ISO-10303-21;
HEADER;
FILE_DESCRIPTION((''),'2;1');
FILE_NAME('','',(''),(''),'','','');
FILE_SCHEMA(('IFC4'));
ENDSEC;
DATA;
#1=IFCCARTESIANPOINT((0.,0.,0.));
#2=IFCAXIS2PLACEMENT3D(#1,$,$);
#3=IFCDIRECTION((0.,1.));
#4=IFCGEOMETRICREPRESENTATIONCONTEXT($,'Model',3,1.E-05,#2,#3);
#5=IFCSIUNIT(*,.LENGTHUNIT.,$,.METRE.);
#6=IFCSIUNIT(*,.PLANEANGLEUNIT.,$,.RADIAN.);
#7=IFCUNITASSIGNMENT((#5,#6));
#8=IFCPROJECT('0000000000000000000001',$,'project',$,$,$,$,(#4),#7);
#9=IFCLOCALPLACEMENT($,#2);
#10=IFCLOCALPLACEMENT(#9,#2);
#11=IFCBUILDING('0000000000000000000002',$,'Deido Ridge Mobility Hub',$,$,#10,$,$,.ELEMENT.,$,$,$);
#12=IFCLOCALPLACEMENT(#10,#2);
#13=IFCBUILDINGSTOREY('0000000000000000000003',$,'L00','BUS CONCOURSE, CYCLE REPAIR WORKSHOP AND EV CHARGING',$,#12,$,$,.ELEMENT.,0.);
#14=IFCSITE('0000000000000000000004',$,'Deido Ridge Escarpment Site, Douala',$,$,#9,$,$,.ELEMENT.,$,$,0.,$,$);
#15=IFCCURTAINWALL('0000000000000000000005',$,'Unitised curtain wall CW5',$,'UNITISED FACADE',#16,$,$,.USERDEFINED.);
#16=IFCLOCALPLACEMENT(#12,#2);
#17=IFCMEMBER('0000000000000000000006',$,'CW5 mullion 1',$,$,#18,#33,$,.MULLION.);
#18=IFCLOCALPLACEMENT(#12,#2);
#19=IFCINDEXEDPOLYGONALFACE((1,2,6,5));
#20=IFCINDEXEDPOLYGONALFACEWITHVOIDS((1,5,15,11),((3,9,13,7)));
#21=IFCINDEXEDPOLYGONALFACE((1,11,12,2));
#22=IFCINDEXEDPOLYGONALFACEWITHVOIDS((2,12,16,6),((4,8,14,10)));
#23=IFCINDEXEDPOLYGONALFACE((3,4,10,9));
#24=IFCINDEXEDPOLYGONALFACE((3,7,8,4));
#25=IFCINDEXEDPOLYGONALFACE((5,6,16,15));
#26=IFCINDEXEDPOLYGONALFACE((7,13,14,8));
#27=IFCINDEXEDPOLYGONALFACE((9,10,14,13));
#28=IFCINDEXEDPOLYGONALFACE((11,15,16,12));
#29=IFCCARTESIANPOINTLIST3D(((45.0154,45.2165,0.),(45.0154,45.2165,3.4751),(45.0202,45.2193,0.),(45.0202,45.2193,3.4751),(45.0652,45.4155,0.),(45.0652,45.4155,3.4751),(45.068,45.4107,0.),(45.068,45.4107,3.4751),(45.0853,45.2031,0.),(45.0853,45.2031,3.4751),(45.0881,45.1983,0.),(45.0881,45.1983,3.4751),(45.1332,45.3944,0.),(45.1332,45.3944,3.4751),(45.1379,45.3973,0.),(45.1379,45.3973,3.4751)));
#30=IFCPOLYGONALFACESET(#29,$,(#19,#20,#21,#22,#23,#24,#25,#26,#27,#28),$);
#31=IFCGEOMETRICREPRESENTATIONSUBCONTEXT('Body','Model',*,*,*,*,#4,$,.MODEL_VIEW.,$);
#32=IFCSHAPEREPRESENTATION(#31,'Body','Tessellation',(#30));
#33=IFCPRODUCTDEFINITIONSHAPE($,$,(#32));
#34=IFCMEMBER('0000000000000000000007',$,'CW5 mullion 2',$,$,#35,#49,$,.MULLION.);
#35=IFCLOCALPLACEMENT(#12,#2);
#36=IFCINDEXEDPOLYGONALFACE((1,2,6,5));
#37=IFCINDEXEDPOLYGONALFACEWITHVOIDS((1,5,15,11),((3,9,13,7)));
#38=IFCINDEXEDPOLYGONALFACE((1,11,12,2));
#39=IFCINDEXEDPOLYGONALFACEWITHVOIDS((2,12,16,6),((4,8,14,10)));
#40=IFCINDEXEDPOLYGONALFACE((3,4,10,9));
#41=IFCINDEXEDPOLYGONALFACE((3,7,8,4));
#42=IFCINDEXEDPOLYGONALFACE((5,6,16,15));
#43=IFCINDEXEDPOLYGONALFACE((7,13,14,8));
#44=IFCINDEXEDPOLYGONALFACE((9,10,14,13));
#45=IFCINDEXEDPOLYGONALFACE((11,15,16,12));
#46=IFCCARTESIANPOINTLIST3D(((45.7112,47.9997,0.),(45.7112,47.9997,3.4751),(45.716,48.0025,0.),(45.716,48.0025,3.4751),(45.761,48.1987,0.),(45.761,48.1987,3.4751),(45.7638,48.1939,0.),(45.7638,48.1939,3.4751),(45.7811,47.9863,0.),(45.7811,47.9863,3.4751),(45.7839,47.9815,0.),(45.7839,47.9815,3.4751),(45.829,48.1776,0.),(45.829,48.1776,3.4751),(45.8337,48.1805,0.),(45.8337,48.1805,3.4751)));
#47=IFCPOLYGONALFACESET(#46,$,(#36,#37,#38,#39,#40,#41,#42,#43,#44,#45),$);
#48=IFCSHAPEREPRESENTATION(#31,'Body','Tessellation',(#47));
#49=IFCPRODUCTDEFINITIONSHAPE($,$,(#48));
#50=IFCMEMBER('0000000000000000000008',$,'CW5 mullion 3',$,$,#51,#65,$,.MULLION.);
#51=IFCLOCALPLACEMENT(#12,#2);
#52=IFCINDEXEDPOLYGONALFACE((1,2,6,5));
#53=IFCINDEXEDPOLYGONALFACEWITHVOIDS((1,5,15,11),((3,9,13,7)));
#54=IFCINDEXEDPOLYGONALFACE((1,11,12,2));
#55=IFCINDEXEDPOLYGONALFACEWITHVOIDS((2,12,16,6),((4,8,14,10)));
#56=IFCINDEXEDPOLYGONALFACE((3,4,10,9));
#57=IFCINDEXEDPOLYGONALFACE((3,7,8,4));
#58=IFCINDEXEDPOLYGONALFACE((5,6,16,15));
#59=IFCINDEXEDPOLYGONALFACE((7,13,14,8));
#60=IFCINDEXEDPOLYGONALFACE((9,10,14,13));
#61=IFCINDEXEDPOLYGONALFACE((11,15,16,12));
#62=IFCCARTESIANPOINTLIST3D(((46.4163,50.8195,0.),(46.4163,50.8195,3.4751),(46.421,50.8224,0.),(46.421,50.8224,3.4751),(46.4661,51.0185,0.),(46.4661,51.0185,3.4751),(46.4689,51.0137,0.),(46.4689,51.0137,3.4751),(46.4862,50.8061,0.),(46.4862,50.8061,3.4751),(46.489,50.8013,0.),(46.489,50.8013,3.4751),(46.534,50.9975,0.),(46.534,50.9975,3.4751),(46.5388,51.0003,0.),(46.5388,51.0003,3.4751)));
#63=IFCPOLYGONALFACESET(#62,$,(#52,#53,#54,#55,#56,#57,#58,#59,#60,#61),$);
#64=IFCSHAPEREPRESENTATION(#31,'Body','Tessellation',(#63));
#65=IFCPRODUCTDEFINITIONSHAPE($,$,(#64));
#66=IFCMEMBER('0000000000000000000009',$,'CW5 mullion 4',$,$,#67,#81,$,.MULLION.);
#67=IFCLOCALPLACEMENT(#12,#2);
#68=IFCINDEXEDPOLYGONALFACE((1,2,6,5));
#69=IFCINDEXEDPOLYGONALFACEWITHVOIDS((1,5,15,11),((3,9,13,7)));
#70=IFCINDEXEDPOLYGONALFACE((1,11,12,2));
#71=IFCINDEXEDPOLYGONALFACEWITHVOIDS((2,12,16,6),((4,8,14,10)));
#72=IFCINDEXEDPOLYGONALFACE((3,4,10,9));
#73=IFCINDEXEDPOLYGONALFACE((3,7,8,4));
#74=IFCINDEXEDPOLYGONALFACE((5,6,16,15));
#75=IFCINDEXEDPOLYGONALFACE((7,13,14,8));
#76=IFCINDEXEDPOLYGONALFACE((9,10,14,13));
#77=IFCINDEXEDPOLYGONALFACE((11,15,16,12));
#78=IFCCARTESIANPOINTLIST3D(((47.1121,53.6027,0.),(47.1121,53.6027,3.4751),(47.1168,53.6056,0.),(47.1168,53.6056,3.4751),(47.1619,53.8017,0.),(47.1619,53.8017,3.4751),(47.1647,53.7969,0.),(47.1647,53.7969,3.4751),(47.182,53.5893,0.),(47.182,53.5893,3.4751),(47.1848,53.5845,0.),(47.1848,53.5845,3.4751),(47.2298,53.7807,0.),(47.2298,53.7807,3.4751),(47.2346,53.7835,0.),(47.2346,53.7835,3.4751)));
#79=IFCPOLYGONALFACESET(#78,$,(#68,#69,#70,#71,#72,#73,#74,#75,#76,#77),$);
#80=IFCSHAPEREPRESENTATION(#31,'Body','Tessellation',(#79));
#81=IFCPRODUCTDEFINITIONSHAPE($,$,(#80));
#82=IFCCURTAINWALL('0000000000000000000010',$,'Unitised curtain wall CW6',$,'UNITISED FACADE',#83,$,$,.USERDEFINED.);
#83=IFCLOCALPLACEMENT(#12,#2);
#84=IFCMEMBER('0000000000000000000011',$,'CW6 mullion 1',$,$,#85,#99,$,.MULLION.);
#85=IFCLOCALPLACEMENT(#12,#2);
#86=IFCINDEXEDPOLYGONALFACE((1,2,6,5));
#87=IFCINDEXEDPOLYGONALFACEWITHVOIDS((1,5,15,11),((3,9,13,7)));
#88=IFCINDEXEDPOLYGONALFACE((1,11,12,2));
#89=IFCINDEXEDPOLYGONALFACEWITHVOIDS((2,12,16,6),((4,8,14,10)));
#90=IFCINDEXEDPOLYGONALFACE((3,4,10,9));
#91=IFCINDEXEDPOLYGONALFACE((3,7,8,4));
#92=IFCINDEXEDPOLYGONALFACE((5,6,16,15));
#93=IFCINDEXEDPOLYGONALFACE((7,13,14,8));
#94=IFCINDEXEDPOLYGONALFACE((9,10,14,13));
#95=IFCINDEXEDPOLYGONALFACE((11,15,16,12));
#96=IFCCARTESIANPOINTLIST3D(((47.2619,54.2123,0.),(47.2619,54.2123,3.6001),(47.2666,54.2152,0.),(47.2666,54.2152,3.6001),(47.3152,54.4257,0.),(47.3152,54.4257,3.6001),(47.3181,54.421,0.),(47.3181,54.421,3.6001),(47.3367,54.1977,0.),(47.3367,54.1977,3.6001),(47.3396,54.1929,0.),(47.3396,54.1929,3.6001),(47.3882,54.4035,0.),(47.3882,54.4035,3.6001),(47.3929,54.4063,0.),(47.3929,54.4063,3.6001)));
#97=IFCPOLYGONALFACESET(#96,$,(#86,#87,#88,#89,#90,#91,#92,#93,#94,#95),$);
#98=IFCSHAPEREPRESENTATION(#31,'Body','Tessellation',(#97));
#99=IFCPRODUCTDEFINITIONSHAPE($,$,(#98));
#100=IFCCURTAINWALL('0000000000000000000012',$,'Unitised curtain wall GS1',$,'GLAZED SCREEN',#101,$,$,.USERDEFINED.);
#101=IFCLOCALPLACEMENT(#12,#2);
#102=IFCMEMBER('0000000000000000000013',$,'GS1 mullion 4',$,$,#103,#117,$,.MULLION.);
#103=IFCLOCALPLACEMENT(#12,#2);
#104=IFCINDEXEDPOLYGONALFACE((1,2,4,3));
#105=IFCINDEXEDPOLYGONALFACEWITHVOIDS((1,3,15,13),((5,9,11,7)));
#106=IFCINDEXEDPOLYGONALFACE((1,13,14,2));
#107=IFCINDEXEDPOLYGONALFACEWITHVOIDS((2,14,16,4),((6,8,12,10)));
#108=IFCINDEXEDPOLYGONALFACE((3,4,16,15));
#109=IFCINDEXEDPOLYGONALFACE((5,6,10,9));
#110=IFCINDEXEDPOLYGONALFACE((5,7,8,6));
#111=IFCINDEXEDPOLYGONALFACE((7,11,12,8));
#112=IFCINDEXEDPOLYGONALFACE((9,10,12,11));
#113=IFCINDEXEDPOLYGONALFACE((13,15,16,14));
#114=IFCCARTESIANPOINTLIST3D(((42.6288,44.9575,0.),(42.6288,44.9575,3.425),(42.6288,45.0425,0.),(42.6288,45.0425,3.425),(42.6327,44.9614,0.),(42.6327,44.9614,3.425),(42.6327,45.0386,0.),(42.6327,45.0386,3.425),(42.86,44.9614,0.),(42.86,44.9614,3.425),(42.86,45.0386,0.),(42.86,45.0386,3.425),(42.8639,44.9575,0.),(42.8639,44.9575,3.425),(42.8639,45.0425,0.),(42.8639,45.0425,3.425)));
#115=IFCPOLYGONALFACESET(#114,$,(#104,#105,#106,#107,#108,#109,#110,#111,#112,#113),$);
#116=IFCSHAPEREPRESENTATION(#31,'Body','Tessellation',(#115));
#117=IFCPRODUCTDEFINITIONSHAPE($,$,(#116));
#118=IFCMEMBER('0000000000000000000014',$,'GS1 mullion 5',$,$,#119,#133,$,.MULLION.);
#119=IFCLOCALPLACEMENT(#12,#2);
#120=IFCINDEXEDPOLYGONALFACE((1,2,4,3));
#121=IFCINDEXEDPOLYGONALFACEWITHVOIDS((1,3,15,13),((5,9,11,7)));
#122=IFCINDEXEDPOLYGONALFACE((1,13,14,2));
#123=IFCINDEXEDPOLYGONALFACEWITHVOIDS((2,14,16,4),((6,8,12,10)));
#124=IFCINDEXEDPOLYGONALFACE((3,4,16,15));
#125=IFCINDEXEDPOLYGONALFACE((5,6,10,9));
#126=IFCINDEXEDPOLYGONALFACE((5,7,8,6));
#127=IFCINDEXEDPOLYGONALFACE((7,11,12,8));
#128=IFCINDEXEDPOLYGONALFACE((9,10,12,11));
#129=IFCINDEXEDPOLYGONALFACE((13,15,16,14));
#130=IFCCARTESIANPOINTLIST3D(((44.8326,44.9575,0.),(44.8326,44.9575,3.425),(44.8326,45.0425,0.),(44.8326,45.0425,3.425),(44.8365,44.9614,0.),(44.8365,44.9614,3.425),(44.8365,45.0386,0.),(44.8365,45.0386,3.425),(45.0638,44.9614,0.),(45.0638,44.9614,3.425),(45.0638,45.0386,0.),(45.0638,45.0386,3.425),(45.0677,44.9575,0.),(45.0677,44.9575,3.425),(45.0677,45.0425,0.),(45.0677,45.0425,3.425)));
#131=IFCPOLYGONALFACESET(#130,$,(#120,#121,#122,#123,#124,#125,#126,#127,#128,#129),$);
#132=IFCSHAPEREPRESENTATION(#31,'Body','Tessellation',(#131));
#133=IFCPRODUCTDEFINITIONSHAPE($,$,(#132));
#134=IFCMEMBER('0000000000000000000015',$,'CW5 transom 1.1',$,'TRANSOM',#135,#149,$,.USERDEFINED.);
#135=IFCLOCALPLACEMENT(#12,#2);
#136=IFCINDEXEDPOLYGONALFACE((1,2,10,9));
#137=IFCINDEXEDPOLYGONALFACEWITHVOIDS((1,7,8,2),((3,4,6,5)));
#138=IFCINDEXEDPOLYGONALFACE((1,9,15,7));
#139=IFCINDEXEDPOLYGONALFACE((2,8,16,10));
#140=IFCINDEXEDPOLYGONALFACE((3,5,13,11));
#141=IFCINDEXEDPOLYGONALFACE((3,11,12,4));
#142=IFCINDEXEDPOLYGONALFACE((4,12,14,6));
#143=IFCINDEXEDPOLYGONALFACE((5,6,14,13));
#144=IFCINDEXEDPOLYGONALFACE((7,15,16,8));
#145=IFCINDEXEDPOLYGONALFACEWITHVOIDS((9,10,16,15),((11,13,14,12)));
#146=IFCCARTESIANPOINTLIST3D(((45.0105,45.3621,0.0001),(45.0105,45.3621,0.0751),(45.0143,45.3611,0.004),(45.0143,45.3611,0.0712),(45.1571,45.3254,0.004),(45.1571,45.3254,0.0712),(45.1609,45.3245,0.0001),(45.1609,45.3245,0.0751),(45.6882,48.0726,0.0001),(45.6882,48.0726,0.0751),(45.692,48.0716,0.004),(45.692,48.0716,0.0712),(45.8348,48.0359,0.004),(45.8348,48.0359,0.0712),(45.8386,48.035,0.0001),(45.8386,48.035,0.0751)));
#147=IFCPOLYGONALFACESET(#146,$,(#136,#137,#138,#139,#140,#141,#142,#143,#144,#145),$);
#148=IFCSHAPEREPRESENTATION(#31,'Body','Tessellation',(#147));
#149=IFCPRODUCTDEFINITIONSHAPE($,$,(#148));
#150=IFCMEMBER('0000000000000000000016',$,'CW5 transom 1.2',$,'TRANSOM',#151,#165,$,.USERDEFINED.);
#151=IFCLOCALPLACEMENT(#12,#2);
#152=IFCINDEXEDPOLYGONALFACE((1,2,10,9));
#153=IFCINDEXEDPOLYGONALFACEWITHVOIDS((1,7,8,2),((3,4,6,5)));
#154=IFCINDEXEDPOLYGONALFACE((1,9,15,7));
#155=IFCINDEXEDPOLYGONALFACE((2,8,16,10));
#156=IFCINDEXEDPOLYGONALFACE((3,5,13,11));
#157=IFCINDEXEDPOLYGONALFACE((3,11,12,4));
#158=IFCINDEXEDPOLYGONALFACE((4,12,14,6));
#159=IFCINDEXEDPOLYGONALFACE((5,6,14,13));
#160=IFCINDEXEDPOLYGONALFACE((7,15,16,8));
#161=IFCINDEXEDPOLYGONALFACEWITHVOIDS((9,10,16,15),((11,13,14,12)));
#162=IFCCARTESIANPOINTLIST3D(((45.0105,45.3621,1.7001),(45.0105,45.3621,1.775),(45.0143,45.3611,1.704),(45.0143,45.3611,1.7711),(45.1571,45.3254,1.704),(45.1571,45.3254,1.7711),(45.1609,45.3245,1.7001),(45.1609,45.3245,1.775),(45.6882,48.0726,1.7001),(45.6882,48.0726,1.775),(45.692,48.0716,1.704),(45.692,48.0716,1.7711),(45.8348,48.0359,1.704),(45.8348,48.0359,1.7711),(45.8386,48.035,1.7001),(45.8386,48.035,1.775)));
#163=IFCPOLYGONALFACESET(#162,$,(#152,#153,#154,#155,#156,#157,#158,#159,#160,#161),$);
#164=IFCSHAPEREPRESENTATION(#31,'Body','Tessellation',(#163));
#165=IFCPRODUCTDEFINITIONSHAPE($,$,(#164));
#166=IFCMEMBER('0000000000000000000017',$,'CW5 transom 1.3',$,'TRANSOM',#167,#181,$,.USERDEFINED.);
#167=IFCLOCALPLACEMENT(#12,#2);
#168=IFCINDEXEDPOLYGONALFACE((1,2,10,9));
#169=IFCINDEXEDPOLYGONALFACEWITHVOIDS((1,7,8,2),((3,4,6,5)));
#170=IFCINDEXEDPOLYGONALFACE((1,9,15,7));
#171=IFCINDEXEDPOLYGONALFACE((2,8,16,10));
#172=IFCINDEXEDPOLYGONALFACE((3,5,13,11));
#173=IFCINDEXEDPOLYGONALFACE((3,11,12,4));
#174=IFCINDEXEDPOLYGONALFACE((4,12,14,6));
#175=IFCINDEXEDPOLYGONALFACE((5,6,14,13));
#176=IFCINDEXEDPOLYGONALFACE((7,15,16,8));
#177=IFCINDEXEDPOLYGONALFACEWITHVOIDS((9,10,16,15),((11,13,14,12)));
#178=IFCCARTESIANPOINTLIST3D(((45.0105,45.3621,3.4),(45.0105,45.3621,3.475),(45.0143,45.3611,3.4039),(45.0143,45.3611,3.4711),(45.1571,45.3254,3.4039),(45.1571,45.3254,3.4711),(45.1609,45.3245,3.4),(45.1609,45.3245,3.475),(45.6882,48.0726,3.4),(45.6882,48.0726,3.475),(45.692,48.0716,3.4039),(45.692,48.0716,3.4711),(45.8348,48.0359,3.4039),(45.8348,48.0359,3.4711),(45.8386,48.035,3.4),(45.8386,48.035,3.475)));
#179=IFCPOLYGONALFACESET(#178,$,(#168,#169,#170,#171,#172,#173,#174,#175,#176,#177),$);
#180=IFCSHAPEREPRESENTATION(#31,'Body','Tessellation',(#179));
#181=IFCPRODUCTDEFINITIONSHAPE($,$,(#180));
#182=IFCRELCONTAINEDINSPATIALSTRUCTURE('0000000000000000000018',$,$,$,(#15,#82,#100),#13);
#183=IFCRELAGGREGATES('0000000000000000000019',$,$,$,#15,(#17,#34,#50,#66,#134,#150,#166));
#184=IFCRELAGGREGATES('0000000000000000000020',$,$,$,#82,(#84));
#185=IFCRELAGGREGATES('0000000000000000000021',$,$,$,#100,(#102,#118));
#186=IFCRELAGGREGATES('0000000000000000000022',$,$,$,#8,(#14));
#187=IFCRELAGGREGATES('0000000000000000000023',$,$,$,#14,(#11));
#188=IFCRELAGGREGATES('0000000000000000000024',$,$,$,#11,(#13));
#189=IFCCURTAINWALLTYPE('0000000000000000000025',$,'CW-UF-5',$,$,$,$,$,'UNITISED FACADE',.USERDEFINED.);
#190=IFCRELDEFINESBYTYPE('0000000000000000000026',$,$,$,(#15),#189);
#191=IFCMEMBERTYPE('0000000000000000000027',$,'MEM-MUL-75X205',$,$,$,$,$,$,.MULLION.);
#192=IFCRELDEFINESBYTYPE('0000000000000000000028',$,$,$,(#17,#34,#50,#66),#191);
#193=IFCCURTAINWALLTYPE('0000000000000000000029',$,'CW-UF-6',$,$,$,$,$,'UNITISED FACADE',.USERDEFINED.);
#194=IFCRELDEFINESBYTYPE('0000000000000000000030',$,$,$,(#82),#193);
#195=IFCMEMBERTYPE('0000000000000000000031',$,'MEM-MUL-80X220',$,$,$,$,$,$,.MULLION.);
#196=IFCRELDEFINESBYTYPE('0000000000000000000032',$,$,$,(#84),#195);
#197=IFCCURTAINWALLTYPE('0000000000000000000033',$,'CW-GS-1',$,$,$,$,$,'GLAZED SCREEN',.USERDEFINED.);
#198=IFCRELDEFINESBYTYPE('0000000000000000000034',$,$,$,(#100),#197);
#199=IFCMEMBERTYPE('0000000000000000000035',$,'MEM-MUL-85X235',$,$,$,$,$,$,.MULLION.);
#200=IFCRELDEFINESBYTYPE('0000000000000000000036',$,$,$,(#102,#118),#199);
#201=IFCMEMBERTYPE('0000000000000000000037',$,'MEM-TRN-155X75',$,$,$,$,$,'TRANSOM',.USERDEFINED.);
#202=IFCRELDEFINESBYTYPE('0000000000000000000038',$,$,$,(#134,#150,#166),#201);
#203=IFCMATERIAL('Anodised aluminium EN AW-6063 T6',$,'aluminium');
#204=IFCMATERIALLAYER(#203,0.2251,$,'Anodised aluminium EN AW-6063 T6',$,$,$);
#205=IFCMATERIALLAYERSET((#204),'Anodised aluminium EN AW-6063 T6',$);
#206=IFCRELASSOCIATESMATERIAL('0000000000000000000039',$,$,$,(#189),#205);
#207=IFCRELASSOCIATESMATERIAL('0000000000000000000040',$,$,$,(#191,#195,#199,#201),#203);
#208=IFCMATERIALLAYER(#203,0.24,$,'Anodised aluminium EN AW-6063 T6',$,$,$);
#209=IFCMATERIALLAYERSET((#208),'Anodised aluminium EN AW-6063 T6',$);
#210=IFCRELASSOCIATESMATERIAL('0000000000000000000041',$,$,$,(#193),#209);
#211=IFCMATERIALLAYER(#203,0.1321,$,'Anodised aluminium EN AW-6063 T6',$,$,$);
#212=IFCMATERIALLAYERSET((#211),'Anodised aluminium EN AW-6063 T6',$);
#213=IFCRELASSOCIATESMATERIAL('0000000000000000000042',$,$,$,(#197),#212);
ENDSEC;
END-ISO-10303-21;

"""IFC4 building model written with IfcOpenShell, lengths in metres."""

from ifc_helpers import new_model, si_unit, direction, frame, origin, origin_2d, place, context, subcontext, project, spatial, hollow_rectangle, extrude, material, layer, layer_set, material_profile, profile_set, type_object, element, aggregate, save


model = new_model("IFC4")

# Units and contexts
model_context = context("Model", 3, precision=1e-05, world=origin(), true_north=direction((0.0, 1.0)))
body_context = subcontext(model_context, "Body", "Model", "MODEL_VIEW")
ifc_project = project(units=[si_unit("LENGTHUNIT", "METRE"), si_unit("PLANEANGLEUNIT", "RADIAN")], contexts=[model_context])

# Site, building, storey
site_placement = place(None, origin())
site = spatial("IfcSite", under=ifc_project, at=site_placement, Name="Deido Ridge Escarpment Site, Douala", CompositionType="ELEMENT", RefElevation=0.0)
building_placement = place(site_placement, origin())
building = spatial("IfcBuilding", under=site, at=building_placement, Name="Deido Ridge Mobility Hub", CompositionType="ELEMENT")
storey_placement = place(building_placement, origin())
storey = spatial("IfcBuildingStorey", under=building, at=storey_placement, Name="L00", Description="BUS CONCOURSE, CYCLE REPAIR WORKSHOP AND EV CHARGING", CompositionType="ELEMENT", Elevation=0.0)

# Curtain wall, members
ifc_material_1 = material(Name="Anodised aluminium EN AW-6063 T6", Category="aluminium")
ifc_layer_1 = layer(ifc_material_1, 0.2251, Name="Anodised aluminium EN AW-6063 T6")
ifc_layer_set_1 = layer_set([ifc_layer_1], Name="Anodised aluminium EN AW-6063 T6")
curtain_wall_type_1 = type_object("IfcCurtainWallType", Name="CW-UF-5", ElementType="UNITISED FACADE", PredefinedType="USERDEFINED", material=ifc_layer_set_1)
curtain_wall_1_placement = place(storey_placement, origin())
curtain_wall_1 = element("IfcCurtainWall", 1, at=curtain_wall_1_placement, inside=storey, type_object=curtain_wall_type_1, Name="Unitised curtain wall CW5", ObjectType="UNITISED FACADE", PredefinedType="USERDEFINED")
ifc_material_profile_1 = material_profile(ifc_material_1, hollow_rectangle(XDim=0.075, YDim=0.2051, WallThickness=0.0039, at=origin_2d()), Name="RHS 75x205x4")
ifc_profile_set_1 = profile_set([ifc_material_profile_1], Name="Anodised aluminium EN AW-6063 T6")
member_type_1 = type_object("IfcMemberType", Name="MEM-MUL-75X205", PredefinedType="MULLION", material=ifc_profile_set_1)
member_1_placement = place(storey_placement, frame((45.0767, 45.3069, 0.0), z_axis=(0.0, 0.0, 1.0), x_axis=(-0.97014, 0.242546, 0.0)))
member_1 = element("IfcMember", 2, at=member_1_placement, type_object=member_type_1, Name="CW5 mullion 1", PredefinedType="MULLION", context=body_context, shape_type="SweptSolid", body=[
    extrude(hollow_rectangle(XDim=0.075, YDim=0.2051, WallThickness=0.0039, at=origin_2d()), origin(), (0.0, 0.0, 1.0), 3.4751),
])
member_2_placement = place(storey_placement, frame((45.7725, 48.0901, 0.0), z_axis=(0.0, 0.0, 1.0), x_axis=(-0.97014, 0.242546, 0.0)))
member_2 = element("IfcMember", 3, at=member_2_placement, type_object=member_type_1, Name="CW5 mullion 2", PredefinedType="MULLION", context=body_context, shape_type="SweptSolid", body=[
    extrude(hollow_rectangle(XDim=0.075, YDim=0.2051, WallThickness=0.0039, at=origin_2d()), origin(), (0.0, 0.0, 1.0), 3.4751),
])
member_3_placement = place(storey_placement, frame((46.4775, 50.9099, 0.0), z_axis=(0.0, 0.0, 1.0), x_axis=(-0.97014, 0.242546, 0.0)))
member_3 = element("IfcMember", 4, at=member_3_placement, type_object=member_type_1, Name="CW5 mullion 3", PredefinedType="MULLION", context=body_context, shape_type="SweptSolid", body=[
    extrude(hollow_rectangle(XDim=0.075, YDim=0.2051, WallThickness=0.0039, at=origin_2d()), origin(), (0.0, 0.0, 1.0), 3.4751),
])
member_4_placement = place(storey_placement, frame((47.1733, 53.6931, 0.0), z_axis=(0.0, 0.0, 1.0), x_axis=(-0.97014, 0.242546, 0.0)))
member_4 = element("IfcMember", 5, at=member_4_placement, type_object=member_type_1, Name="CW5 mullion 4", PredefinedType="MULLION", context=body_context, shape_type="SweptSolid", body=[
    extrude(hollow_rectangle(XDim=0.075, YDim=0.2051, WallThickness=0.0039, at=origin_2d()), origin(), (0.0, 0.0, 1.0), 3.4751),
])

# Curtain wall, member
ifc_layer_2 = layer(ifc_material_1, 0.24, Name="Anodised aluminium EN AW-6063 T6")
ifc_layer_set_2 = layer_set([ifc_layer_2], Name="Anodised aluminium EN AW-6063 T6")
curtain_wall_type_2 = type_object("IfcCurtainWallType", Name="CW-UF-6", ElementType="UNITISED FACADE", PredefinedType="USERDEFINED", material=ifc_layer_set_2)
curtain_wall_2_placement = place(storey_placement, origin())
curtain_wall_2 = element("IfcCurtainWall", 6, at=curtain_wall_2_placement, inside=storey, type_object=curtain_wall_type_2, Name="Unitised curtain wall CW6", ObjectType="UNITISED FACADE", PredefinedType="USERDEFINED")
ifc_material_profile_2 = material_profile(ifc_material_1, hollow_rectangle(XDim=0.0801, YDim=0.22, WallThickness=0.0039, at=origin_2d()), Name="RHS 80x220x4")
ifc_profile_set_2 = profile_set([ifc_material_profile_2], Name="Anodised aluminium EN AW-6063 T6")
member_type_2 = type_object("IfcMemberType", Name="MEM-MUL-80X220", PredefinedType="MULLION", material=ifc_profile_set_2)
member_5_placement = place(storey_placement, frame((47.3274, 54.3093, 0.0), z_axis=(0.0, 0.0, 1.0), x_axis=(-0.97014, 0.242546, 0.0)))
member_5 = element("IfcMember", 7, at=member_5_placement, type_object=member_type_2, Name="CW6 mullion 1", PredefinedType="MULLION", context=body_context, shape_type="SweptSolid", body=[
    extrude(hollow_rectangle(XDim=0.0801, YDim=0.22, WallThickness=0.0039, at=origin_2d()), origin(), (0.0, 0.0, 1.0), 3.6001),
])

# Curtain wall, members
ifc_layer_3 = layer(ifc_material_1, 0.1321, Name="Anodised aluminium EN AW-6063 T6")
ifc_layer_set_3 = layer_set([ifc_layer_3], Name="Anodised aluminium EN AW-6063 T6")
curtain_wall_type_3 = type_object("IfcCurtainWallType", Name="CW-GS-1", ElementType="GLAZED SCREEN", PredefinedType="USERDEFINED", material=ifc_layer_set_3)
curtain_wall_3_placement = place(storey_placement, origin())
curtain_wall_3 = element("IfcCurtainWall", 8, at=curtain_wall_3_placement, inside=storey, type_object=curtain_wall_type_3, Name="Unitised curtain wall GS1", ObjectType="GLAZED SCREEN", PredefinedType="USERDEFINED")
ifc_material_profile_3 = material_profile(ifc_material_1, hollow_rectangle(XDim=0.085, YDim=0.2351, WallThickness=0.0039, at=origin_2d()), Name="RHS 85x235x4")
ifc_profile_set_3 = profile_set([ifc_material_profile_3], Name="Anodised aluminium EN AW-6063 T6")
member_type_3 = type_object("IfcMemberType", Name="MEM-MUL-85X235", PredefinedType="MULLION", material=ifc_profile_set_3)
member_6_placement = place(storey_placement, frame((42.7463, 45.0, 0.0), z_axis=(0.0, 0.0, 1.0), x_axis=(0.0, 1.0, 0.0)))
member_6 = element("IfcMember", 9, at=member_6_placement, type_object=member_type_3, Name="GS1 mullion 4", PredefinedType="MULLION", context=body_context, shape_type="SweptSolid", body=[
    extrude(hollow_rectangle(XDim=0.085, YDim=0.2351, WallThickness=0.0039, at=origin_2d()), origin(), (0.0, 0.0, 1.0), 3.425),
])
member_7_placement = place(storey_placement, frame((44.9502, 45.0, 0.0), z_axis=(0.0, 0.0, 1.0), x_axis=(0.0, 1.0, 0.0)))
member_7 = element("IfcMember", 10, at=member_7_placement, type_object=member_type_3, Name="GS1 mullion 5", PredefinedType="MULLION", context=body_context, shape_type="SweptSolid", body=[
    extrude(hollow_rectangle(XDim=0.085, YDim=0.2351, WallThickness=0.0039, at=origin_2d()), origin(), (0.0, 0.0, 1.0), 3.425),
])

# Members
ifc_material_profile_4 = material_profile(ifc_material_1, hollow_rectangle(XDim=0.155, YDim=0.075, WallThickness=0.0039, at=origin_2d()), Name="RHS 155x75x4")
ifc_profile_set_4 = profile_set([ifc_material_profile_4], Name="Anodised aluminium EN AW-6063 T6")
member_type_4 = type_object("IfcMemberType", Name="MEM-TRN-155X75", ElementType="TRANSOM", PredefinedType="USERDEFINED", material=ifc_profile_set_4)
member_8_placement = place(storey_placement, frame((45.0857, 45.3433, 0.0376), z_axis=(0.242577, 0.970132, 0.0), x_axis=(-0.970132, 0.242577, 0.0)))
member_8 = element("IfcMember", 11, at=member_8_placement, type_object=member_type_4, Name="CW5 transom 1.1", ObjectType="TRANSOM", PredefinedType="USERDEFINED", context=body_context, shape_type="SweptSolid", body=[
    extrude(hollow_rectangle(XDim=0.155, YDim=0.075, WallThickness=0.0039, at=origin_2d()), origin(), (0.0, 0.0, 1.0), 2.7939),
])
member_9_placement = place(storey_placement, frame((45.0857, 45.3433, 1.7375), z_axis=(0.242577, 0.970132, 0.0), x_axis=(-0.970132, 0.242577, 0.0)))
member_9 = element("IfcMember", 12, at=member_9_placement, type_object=member_type_4, Name="CW5 transom 1.2", ObjectType="TRANSOM", PredefinedType="USERDEFINED", context=body_context, shape_type="SweptSolid", body=[
    extrude(hollow_rectangle(XDim=0.155, YDim=0.075, WallThickness=0.0039, at=origin_2d()), origin(), (0.0, 0.0, 1.0), 2.7939),
])
member_10_placement = place(storey_placement, frame((45.0857, 45.3433, 3.4375), z_axis=(0.242577, 0.970132, 0.0), x_axis=(-0.970132, 0.242577, 0.0)))
member_10 = element("IfcMember", 13, at=member_10_placement, type_object=member_type_4, Name="CW5 transom 1.3", ObjectType="TRANSOM", PredefinedType="USERDEFINED", context=body_context, shape_type="SweptSolid", body=[
    extrude(hollow_rectangle(XDim=0.155, YDim=0.075, WallThickness=0.0039, at=origin_2d()), origin(), (0.0, 0.0, 1.0), 2.7939),
])

aggregate(curtain_wall_1, [member_1, member_2, member_3, member_4, member_8, member_9, member_10])
aggregate(curtain_wall_2, [member_5])
aggregate(curtain_wall_3, [member_6, member_7])

save(model, "model.ifc")
